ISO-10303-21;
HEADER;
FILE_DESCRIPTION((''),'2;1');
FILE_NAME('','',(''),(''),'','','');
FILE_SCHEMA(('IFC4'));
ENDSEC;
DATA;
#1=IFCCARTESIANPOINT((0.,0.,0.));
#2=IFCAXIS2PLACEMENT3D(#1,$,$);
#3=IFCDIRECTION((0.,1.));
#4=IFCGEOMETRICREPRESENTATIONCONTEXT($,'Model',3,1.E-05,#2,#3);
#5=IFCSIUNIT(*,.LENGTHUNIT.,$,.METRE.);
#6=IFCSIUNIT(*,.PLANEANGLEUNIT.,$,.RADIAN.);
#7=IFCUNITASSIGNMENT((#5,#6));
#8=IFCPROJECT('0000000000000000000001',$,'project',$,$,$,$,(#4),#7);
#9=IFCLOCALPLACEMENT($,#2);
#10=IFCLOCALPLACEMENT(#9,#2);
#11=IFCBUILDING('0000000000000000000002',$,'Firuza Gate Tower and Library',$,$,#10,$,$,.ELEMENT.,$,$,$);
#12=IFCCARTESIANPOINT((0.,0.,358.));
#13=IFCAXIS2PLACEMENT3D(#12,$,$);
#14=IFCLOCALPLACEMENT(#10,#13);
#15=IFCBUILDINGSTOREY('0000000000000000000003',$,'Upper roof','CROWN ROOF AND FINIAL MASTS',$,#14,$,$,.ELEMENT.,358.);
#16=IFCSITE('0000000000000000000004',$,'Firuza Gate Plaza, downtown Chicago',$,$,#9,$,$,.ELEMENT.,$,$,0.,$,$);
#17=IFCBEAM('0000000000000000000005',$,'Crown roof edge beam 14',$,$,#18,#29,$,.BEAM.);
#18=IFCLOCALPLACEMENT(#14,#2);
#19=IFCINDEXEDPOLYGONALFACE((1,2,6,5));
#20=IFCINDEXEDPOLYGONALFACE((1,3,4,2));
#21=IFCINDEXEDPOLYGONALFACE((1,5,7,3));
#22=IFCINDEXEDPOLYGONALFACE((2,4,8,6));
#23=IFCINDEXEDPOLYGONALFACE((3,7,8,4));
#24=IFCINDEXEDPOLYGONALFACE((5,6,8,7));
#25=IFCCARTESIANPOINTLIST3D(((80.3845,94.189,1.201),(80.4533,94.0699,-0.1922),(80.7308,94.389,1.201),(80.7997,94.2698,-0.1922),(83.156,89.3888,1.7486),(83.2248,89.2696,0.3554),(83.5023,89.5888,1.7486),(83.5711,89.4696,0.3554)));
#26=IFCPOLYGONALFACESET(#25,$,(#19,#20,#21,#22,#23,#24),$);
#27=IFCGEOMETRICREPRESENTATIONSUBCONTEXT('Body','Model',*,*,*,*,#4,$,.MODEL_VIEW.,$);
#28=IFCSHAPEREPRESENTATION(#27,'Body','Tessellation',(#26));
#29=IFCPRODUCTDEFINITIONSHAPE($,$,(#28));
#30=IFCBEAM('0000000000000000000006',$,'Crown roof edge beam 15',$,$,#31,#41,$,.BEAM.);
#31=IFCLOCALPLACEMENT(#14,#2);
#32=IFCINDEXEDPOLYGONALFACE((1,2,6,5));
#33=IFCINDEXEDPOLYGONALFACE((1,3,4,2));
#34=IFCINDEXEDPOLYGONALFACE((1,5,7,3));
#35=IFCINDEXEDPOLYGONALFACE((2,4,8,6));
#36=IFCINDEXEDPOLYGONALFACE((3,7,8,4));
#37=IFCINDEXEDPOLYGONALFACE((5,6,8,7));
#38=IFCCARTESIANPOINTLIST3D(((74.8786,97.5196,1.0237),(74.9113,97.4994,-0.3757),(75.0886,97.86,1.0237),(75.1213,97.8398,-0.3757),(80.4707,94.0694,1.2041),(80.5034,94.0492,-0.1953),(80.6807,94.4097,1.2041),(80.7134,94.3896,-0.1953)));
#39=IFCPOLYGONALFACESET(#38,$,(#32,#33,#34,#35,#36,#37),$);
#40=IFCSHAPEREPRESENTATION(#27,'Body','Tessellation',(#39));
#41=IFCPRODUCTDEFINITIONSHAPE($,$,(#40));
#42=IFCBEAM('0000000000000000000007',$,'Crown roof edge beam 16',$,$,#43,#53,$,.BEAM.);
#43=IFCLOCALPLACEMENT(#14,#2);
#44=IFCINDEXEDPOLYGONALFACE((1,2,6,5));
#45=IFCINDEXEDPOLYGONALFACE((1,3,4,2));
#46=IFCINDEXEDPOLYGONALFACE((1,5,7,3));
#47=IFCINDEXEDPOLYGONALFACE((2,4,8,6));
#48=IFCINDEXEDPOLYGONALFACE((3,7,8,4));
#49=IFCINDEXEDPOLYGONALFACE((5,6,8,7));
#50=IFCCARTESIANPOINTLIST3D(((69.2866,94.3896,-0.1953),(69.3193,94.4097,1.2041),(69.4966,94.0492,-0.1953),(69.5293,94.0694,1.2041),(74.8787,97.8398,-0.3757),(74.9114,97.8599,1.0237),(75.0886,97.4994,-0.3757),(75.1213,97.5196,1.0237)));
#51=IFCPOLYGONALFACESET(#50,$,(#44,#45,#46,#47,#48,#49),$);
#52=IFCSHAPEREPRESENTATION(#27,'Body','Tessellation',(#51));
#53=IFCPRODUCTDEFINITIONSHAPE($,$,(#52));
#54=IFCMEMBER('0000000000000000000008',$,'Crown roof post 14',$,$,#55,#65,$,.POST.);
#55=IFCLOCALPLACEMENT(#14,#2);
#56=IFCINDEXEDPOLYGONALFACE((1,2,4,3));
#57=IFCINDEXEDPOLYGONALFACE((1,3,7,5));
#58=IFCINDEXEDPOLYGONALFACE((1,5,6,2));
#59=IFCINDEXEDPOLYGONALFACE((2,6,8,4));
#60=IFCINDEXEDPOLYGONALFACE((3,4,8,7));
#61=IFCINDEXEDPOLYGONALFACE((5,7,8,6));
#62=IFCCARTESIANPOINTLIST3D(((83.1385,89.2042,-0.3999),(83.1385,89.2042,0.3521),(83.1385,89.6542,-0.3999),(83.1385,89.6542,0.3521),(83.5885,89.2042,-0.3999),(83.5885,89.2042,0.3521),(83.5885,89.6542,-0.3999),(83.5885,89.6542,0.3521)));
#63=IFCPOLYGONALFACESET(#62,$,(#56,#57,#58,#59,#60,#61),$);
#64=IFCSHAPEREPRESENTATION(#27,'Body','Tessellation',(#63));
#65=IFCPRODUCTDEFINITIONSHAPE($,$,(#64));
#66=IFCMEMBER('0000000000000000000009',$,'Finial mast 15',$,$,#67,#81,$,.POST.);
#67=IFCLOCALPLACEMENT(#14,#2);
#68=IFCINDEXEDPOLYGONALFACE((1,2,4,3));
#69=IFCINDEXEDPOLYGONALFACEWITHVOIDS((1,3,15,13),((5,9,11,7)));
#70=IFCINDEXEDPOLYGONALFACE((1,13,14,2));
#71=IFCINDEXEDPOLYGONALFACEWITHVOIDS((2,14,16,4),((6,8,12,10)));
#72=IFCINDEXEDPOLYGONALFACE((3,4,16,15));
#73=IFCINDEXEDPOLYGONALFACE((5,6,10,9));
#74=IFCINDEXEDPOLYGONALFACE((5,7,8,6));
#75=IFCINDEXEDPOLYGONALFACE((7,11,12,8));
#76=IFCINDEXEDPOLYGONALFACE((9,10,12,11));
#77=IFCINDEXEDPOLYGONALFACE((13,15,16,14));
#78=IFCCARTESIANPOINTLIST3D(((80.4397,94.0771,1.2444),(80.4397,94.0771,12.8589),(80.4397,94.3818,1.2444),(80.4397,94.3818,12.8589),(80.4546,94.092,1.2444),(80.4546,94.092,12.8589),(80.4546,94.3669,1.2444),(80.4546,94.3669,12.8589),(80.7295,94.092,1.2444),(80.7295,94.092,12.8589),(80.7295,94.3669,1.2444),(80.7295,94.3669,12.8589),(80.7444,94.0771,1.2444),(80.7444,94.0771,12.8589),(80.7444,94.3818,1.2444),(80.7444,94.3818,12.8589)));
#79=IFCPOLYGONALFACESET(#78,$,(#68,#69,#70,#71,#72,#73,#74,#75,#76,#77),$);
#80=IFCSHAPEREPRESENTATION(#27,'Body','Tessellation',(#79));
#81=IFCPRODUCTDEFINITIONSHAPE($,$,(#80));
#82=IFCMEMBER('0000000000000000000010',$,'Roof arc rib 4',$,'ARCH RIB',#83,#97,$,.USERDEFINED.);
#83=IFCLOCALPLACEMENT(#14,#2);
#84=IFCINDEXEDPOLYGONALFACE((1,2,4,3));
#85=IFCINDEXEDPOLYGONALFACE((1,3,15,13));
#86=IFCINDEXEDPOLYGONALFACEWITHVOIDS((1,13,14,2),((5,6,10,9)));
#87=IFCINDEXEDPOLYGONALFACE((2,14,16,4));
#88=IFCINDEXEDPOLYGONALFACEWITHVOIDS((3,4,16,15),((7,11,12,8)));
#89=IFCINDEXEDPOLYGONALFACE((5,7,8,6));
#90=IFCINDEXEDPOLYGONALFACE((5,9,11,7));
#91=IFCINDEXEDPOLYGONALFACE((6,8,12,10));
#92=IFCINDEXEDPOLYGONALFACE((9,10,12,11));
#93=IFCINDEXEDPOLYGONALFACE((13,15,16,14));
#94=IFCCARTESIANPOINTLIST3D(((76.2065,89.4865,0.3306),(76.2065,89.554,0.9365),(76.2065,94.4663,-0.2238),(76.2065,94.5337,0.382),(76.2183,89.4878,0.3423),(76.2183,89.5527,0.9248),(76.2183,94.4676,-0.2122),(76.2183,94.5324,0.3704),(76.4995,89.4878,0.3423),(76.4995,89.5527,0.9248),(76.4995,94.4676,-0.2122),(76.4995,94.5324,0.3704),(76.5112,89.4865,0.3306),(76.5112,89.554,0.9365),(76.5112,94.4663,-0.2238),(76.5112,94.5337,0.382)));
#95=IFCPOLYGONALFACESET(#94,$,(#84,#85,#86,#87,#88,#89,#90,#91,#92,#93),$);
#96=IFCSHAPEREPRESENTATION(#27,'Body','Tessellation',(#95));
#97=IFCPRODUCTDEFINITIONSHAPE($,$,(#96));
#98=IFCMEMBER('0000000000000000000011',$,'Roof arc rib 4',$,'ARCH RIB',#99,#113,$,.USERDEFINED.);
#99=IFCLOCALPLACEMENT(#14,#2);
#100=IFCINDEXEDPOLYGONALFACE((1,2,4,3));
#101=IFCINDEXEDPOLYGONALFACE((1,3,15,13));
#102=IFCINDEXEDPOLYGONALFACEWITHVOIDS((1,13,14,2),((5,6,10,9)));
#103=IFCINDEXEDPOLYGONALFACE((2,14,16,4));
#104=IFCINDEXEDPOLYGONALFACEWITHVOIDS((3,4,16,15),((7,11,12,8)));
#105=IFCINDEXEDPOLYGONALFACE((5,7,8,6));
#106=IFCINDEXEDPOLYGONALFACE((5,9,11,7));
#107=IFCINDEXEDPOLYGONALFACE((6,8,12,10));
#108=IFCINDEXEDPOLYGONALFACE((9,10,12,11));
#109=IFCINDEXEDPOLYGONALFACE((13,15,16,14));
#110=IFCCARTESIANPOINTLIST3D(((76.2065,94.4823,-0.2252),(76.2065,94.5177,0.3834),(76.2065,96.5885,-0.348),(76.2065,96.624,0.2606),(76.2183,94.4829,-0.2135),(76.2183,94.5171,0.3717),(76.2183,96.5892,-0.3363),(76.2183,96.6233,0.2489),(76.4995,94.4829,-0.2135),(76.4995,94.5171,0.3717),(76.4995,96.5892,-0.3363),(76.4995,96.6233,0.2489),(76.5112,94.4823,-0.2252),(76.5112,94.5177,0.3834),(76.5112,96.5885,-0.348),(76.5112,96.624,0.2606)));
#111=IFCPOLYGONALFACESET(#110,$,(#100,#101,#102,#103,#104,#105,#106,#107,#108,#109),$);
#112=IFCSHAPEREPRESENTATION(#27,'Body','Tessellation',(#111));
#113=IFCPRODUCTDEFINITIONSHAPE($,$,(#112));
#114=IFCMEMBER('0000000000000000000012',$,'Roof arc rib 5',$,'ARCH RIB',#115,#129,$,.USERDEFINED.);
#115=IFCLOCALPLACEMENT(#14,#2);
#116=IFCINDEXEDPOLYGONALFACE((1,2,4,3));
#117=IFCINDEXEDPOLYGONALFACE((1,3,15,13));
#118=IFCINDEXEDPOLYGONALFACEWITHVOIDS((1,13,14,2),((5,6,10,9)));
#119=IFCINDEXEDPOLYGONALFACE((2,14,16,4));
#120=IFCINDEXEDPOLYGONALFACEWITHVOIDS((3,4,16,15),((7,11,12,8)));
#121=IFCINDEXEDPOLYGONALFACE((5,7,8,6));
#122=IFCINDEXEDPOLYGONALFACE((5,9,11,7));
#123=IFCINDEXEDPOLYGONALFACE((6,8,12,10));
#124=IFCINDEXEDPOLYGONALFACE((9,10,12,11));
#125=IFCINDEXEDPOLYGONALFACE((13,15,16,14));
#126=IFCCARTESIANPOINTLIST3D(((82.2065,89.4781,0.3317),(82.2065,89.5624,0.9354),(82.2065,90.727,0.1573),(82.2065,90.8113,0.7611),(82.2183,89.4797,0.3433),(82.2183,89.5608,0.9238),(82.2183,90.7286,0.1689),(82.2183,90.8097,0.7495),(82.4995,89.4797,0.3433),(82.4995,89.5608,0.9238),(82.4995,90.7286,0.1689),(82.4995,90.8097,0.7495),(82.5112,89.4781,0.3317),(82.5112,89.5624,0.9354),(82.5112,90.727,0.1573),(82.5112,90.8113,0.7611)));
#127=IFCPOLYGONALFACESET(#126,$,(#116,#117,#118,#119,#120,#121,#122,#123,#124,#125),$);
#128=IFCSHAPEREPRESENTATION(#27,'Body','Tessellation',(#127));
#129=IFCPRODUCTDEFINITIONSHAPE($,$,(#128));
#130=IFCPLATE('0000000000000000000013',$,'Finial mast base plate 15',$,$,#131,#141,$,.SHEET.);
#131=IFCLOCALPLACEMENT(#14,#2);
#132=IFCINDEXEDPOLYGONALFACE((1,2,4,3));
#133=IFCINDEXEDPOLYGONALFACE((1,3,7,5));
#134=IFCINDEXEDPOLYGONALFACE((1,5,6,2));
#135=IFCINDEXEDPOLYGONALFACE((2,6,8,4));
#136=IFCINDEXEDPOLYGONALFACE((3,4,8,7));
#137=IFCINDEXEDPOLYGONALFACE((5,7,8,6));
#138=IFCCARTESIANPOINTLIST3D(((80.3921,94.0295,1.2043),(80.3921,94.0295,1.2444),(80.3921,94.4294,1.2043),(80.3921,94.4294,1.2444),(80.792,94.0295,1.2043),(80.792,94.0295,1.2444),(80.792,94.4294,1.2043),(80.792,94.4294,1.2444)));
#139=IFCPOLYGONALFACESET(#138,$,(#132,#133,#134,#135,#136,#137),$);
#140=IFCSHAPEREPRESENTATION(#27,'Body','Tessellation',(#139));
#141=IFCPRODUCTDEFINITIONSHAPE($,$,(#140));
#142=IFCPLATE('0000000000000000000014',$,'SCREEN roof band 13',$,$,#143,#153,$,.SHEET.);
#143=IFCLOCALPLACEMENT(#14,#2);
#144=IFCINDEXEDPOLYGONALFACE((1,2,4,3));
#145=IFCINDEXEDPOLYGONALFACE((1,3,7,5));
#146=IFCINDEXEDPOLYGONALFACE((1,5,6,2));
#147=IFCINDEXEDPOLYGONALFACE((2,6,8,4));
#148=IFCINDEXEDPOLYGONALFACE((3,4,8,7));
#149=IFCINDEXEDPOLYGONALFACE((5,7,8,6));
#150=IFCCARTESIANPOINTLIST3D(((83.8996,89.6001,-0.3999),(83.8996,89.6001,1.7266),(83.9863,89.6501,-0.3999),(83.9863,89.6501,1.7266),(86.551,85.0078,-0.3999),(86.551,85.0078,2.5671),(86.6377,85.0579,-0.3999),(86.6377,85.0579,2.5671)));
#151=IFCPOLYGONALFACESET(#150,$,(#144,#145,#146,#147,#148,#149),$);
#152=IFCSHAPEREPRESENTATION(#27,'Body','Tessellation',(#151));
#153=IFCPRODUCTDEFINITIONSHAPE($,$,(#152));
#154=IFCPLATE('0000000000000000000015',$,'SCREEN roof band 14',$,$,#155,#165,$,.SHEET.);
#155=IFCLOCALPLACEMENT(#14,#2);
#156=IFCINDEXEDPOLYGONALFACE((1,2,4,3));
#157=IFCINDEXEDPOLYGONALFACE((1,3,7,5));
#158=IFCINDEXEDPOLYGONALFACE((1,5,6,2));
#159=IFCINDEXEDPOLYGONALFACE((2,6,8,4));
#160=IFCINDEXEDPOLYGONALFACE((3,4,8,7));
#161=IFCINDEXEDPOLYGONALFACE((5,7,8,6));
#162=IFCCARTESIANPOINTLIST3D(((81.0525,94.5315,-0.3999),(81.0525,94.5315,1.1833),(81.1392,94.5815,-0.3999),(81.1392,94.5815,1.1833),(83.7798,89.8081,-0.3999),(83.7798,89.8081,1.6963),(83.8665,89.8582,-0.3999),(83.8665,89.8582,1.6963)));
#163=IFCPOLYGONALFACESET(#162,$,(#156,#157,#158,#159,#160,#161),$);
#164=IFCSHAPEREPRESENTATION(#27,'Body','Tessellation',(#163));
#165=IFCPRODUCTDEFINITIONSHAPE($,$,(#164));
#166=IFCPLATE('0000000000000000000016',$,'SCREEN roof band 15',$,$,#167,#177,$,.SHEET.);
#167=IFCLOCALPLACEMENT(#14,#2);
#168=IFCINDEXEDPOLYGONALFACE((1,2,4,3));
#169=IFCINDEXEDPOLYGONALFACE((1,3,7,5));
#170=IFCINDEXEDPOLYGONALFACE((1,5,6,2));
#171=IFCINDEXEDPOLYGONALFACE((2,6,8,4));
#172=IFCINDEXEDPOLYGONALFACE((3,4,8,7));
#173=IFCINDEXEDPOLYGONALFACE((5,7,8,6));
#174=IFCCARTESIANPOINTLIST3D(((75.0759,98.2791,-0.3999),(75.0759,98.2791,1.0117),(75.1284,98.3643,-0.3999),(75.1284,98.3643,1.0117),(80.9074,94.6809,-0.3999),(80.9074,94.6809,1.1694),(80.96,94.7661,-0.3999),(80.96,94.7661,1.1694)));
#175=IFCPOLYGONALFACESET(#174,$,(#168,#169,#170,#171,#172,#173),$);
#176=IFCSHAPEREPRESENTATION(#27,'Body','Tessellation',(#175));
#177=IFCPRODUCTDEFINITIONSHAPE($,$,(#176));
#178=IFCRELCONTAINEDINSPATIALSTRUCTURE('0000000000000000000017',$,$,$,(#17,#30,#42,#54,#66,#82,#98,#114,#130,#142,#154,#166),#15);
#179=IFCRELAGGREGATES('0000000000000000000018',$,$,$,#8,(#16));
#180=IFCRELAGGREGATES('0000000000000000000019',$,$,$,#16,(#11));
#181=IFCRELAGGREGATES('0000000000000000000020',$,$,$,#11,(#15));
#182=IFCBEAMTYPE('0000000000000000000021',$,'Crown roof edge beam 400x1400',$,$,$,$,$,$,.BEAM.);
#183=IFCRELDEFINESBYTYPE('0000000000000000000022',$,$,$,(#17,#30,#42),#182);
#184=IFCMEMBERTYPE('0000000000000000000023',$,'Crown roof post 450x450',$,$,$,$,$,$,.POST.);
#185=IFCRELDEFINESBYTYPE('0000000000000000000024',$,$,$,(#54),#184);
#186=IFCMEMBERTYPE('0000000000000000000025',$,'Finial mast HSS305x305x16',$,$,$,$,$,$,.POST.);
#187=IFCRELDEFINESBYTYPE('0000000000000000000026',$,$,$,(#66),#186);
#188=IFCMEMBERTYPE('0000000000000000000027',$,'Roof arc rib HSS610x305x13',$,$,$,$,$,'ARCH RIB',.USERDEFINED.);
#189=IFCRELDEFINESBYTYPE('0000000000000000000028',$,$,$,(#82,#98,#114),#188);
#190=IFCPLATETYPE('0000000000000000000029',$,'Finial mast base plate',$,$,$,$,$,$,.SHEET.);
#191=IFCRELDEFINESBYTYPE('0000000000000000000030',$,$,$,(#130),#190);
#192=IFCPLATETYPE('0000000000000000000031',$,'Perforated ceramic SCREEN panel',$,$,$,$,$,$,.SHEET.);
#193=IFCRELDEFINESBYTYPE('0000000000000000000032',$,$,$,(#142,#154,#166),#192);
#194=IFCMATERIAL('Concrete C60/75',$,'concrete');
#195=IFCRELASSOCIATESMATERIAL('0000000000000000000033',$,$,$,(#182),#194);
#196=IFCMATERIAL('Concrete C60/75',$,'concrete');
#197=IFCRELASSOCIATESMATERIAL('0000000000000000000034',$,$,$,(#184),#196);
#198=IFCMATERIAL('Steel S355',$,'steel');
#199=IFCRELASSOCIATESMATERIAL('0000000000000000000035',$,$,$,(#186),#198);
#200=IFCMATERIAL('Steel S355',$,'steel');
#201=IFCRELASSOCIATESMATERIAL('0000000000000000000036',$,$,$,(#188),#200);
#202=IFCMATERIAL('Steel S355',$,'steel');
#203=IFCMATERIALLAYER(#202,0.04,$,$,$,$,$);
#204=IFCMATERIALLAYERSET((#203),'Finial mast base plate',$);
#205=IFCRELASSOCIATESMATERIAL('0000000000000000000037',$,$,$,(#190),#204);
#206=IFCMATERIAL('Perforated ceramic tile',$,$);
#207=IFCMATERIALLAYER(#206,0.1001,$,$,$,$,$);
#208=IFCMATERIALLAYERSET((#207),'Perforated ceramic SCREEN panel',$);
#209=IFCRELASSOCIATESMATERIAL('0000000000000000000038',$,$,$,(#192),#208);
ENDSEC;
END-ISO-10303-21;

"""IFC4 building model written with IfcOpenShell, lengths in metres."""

from ifc_helpers import new_model, si_unit, direction, frame, origin, origin_2d, place, context, subcontext, project, spatial, polyline, rectangle, hollow_rectangle, outline, extrude, material, layer, layer_set, material_profile, profile_set, type_object, element, save


model = new_model("IFC4")

# Units and contexts
model_context = context("Model", 3, precision=1e-05, world=origin(), true_north=direction((0.0, 1.0)))
body_context = subcontext(model_context, "Body", "Model", "MODEL_VIEW")
ifc_project = project(units=[si_unit("LENGTHUNIT", "METRE"), si_unit("PLANEANGLEUNIT", "RADIAN")], contexts=[model_context])

# Site, building, storey
site_placement = place(None, origin())
site = spatial("IfcSite", under=ifc_project, at=site_placement, Name="Firuza Gate Plaza, downtown Chicago", CompositionType="ELEMENT", RefElevation=0.0)
building_placement = place(site_placement, origin())
building = spatial("IfcBuilding", under=site, at=building_placement, Name="Firuza Gate Tower and Library", CompositionType="ELEMENT")
storey_placement = place(building_placement, frame((0.0, 0.0, 358.0)))
storey = spatial("IfcBuildingStorey", under=building, at=storey_placement, Name="Upper roof", Description="CROWN ROOF AND FINIAL MASTS", CompositionType="ELEMENT", Elevation=358.0)

# Beams
ifc_material_1 = material(Name="Concrete C60/75", Category="concrete")
ifc_material_profile_1 = material_profile(ifc_material_1, rectangle(XDim=0.3999, YDim=1.3999, at=origin_2d()))
ifc_profile_set_1 = profile_set([ifc_material_profile_1], Name="Concrete C60/75")
beam_type_1 = type_object("IfcBeamType", Name="Crown roof edge beam 400x1400", PredefinedType="BEAM", material=ifc_profile_set_1)
beam_1_placement = place(storey_placement, frame((83.3635, 89.4292, 1.052), z_axis=(-0.497582, 0.861827, -0.098315), x_axis=(-0.866023, -0.500005, 0.0)))
element("IfcBeam", 1, at=beam_1_placement, inside=storey, type_object=beam_type_1, Name="Crown roof edge beam 14", PredefinedType="BEAM", context=body_context, shape_type="SweptSolid", body=[
    extrude(rectangle(XDim=0.3999, YDim=1.3999, at=origin_2d()), origin(), (0.0, 0.0, 1.0), 5.5698),
])
for number, where, z_axis, x_axis, name in (
    (2, (80.592, 94.2295, 0.5044), (-0.85073, 0.524886, -0.027448), (-0.525084, -0.85105, 0.0), "Crown roof edge beam 15"),
    (3, (75.0, 97.6797, 0.324), (-0.85073, -0.524886, 0.027448), (0.525084, -0.85105, 0.0), "Crown roof edge beam 16"),
):
    element("IfcBeam", number, at=place(storey_placement, frame(where, z_axis=z_axis, x_axis=x_axis)), inside=storey, type_object=beam_type_1, Name=name, PredefinedType="BEAM", context=body_context, shape_type="SweptSolid", body=[
        extrude(rectangle(XDim=0.3999, YDim=1.3999, at=origin_2d()), origin(), (0.0, 0.0, 1.0), 6.5732),
    ])

# Members
ifc_material_2 = material(Name="Concrete C60/75", Category="concrete")
ifc_material_profile_2 = material_profile(ifc_material_2, rectangle(XDim=0.45, YDim=0.45, at=origin_2d()))
ifc_profile_set_2 = profile_set([ifc_material_profile_2], Name="Concrete C60/75")
member_type_1 = type_object("IfcMemberType", Name="Crown roof post 450x450", PredefinedType="POST", material=ifc_profile_set_2)
member_1_placement = place(storey_placement, frame((83.3635, 89.4292, -0.3999), z_axis=(0.0, 0.0, 1.0), x_axis=(1.0, 0.0, 0.0)))
element("IfcMember", 4, at=member_1_placement, inside=storey, type_object=member_type_1, Name="Crown roof post 14", PredefinedType="POST", context=body_context, shape_type="SweptSolid", body=[
    extrude(rectangle(XDim=0.45, YDim=0.45, at=origin_2d()), origin(), (0.0, 0.0, 1.0), 0.752),
])
ifc_material_3 = material(Name="Steel S355", Category="steel")
ifc_material_profile_3 = material_profile(ifc_material_3, hollow_rectangle(XDim=0.3047, YDim=0.3047, WallThickness=0.0149, at=origin_2d()))
ifc_profile_set_3 = profile_set([ifc_material_profile_3], Name="Steel S355")
member_type_2 = type_object("IfcMemberType", Name="Finial mast HSS305x305x16", PredefinedType="POST", material=ifc_profile_set_3)
member_2_placement = place(storey_placement, frame((80.592, 94.2295, 1.2444), z_axis=(0.0, 0.0, 1.0), x_axis=(1.0, 0.0, 0.0)))
element("IfcMember", 5, at=member_2_placement, inside=storey, type_object=member_type_2, Name="Finial mast 15", PredefinedType="POST", context=body_context, shape_type="SweptSolid", body=[
    extrude(hollow_rectangle(XDim=0.3047, YDim=0.3047, WallThickness=0.0149, at=origin_2d()), origin(), (0.0, 0.0, 1.0), 11.6145),
])
ifc_material_4 = material(Name="Steel S355", Category="steel")
ifc_material_profile_4 = material_profile(ifc_material_4, hollow_rectangle(XDim=0.3047, YDim=0.6096, WallThickness=0.0117, at=origin_2d()))
ifc_profile_set_4 = profile_set([ifc_material_profile_4], Name="Steel S355")
member_type_3 = type_object("IfcMemberType", Name="Roof arc rib HSS610x305x13", ElementType="ARCH RIB", PredefinedType="USERDEFINED", material=ifc_profile_set_4)
member_3_placement = place(storey_placement, frame((76.3589, 89.5203, 0.6335), z_axis=(0.0, 0.993859, -0.110656), x_axis=(-1.0, 0.0, 0.0)))
element("IfcMember", 6, at=member_3_placement, inside=storey, type_object=member_type_3, Name="Roof arc rib 4", ObjectType="ARCH RIB", PredefinedType="USERDEFINED", context=body_context, shape_type="SweptSolid", body=[
    extrude(hollow_rectangle(XDim=0.3047, YDim=0.6096, WallThickness=0.0117, at=origin_2d()), origin(), (0.0, 0.0, 1.0), 5.0105),
])
member_4_placement = place(storey_placement, frame((76.3589, 94.5, 0.0791), z_axis=(0.0, 0.998305, -0.058206), x_axis=(-1.0, 0.0, 0.0)))
element("IfcMember", 7, at=member_4_placement, inside=storey, type_object=member_type_3, Name="Roof arc rib 4", ObjectType="ARCH RIB", PredefinedType="USERDEFINED", context=body_context, shape_type="SweptSolid", body=[
    extrude(hollow_rectangle(XDim=0.3047, YDim=0.6096, WallThickness=0.0117, at=origin_2d()), origin(), (0.0, 0.0, 1.0), 2.1099),
])
member_5_placement = place(storey_placement, frame((82.3589, 89.5203, 0.6335), z_axis=(0.0, 0.990397, -0.138249), x_axis=(-1.0, 0.0, 0.0)))
element("IfcMember", 8, at=member_5_placement, inside=storey, type_object=member_type_3, Name="Roof arc rib 5", ObjectType="ARCH RIB", PredefinedType="USERDEFINED", context=body_context, shape_type="SweptSolid", body=[
    extrude(hollow_rectangle(XDim=0.3047, YDim=0.6096, WallThickness=0.0117, at=origin_2d()), origin(), (0.0, 0.0, 1.0), 1.261),
])

# Plates
ifc_material_5 = material(Name="Steel S355", Category="steel")
ifc_layer_1 = layer(ifc_material_5, 0.04)
ifc_layer_set_1 = layer_set([ifc_layer_1], Name="Finial mast base plate")
plate_type_1 = type_object("IfcPlateType", Name="Finial mast base plate", PredefinedType="SHEET", material=ifc_layer_set_1)
plate_1_placement = place(storey_placement, frame((80.592, 94.2295, 1.2043), z_axis=(0.0, 0.0, 1.0), x_axis=(1.0, 0.0, 0.0)))
element("IfcPlate", 9, at=plate_1_placement, inside=storey, type_object=plate_type_1, Name="Finial mast base plate 15", PredefinedType="SHEET", context=body_context, shape_type="SweptSolid", body=[
    extrude(rectangle(XDim=0.3999, YDim=0.3999, at=origin_2d()), origin(), (0.0, 0.0, 1.0), 0.04),
])
ifc_material_6 = material(Name="Perforated ceramic tile")
ifc_layer_2 = layer(ifc_material_6, 0.1001)
ifc_layer_set_2 = layer_set([ifc_layer_2], Name="Perforated ceramic SCREEN panel")
plate_type_2 = type_object("IfcPlateType", Name="Perforated ceramic SCREEN panel", PredefinedType="SHEET", material=ifc_layer_set_2)
plate_2_placement = place(storey_placement, frame((86.6377, 85.0579, -0.3999), z_axis=(0.866025, 0.500001, 0.0), x_axis=(-0.500001, 0.866025, 0.0)))
element("IfcPlate", 10, at=plate_2_placement, inside=storey, type_object=plate_type_2, Name="SCREEN roof band 13", PredefinedType="SHEET", context=body_context, shape_type="SweptSolid", body=[
    extrude(outline(polyline([(0.0, 0.0), (5.3027, 0.0), (5.3027, 2.1265), (0.0, 2.967), (0.0, 0.0)])), origin(), (0.0, 0.0, -1.0), 0.1001),
])
plate_3_placement = place(storey_placement, frame((83.8665, 89.8582, -0.3999), z_axis=(0.866006, 0.500034, 0.0), x_axis=(-0.500034, 0.866006, 0.0)))
element("IfcPlate", 11, at=plate_3_placement, inside=storey, type_object=plate_type_2, Name="SCREEN roof band 14", PredefinedType="SHEET", context=body_context, shape_type="SweptSolid", body=[
    extrude(outline(polyline([(0.0, 0.0), (5.4542, 0.0), (5.4542, 1.5833), (0.0, 2.0962), (0.0, 0.0)])), origin(), (0.0, 0.0, -1.0), 0.1001),
])
plate_4_placement = place(storey_placement, frame((80.96, 94.7661, -0.3999), z_axis=(0.525103, 0.851039, 0.0), x_axis=(-0.851039, 0.525103, 0.0)))
element("IfcPlate", 12, at=plate_4_placement, inside=storey, type_object=plate_type_2, Name="SCREEN roof band 15", PredefinedType="SHEET", context=body_context, shape_type="SweptSolid", body=[
    extrude(outline(polyline([(0.0, 0.0), (6.8523, 0.0), (6.8523, 1.4116), (0.0, 1.5693), (0.0, 0.0)])), origin(), (0.0, 0.0, -1.0), 0.1001),
])

save(model, "model.ifc")
